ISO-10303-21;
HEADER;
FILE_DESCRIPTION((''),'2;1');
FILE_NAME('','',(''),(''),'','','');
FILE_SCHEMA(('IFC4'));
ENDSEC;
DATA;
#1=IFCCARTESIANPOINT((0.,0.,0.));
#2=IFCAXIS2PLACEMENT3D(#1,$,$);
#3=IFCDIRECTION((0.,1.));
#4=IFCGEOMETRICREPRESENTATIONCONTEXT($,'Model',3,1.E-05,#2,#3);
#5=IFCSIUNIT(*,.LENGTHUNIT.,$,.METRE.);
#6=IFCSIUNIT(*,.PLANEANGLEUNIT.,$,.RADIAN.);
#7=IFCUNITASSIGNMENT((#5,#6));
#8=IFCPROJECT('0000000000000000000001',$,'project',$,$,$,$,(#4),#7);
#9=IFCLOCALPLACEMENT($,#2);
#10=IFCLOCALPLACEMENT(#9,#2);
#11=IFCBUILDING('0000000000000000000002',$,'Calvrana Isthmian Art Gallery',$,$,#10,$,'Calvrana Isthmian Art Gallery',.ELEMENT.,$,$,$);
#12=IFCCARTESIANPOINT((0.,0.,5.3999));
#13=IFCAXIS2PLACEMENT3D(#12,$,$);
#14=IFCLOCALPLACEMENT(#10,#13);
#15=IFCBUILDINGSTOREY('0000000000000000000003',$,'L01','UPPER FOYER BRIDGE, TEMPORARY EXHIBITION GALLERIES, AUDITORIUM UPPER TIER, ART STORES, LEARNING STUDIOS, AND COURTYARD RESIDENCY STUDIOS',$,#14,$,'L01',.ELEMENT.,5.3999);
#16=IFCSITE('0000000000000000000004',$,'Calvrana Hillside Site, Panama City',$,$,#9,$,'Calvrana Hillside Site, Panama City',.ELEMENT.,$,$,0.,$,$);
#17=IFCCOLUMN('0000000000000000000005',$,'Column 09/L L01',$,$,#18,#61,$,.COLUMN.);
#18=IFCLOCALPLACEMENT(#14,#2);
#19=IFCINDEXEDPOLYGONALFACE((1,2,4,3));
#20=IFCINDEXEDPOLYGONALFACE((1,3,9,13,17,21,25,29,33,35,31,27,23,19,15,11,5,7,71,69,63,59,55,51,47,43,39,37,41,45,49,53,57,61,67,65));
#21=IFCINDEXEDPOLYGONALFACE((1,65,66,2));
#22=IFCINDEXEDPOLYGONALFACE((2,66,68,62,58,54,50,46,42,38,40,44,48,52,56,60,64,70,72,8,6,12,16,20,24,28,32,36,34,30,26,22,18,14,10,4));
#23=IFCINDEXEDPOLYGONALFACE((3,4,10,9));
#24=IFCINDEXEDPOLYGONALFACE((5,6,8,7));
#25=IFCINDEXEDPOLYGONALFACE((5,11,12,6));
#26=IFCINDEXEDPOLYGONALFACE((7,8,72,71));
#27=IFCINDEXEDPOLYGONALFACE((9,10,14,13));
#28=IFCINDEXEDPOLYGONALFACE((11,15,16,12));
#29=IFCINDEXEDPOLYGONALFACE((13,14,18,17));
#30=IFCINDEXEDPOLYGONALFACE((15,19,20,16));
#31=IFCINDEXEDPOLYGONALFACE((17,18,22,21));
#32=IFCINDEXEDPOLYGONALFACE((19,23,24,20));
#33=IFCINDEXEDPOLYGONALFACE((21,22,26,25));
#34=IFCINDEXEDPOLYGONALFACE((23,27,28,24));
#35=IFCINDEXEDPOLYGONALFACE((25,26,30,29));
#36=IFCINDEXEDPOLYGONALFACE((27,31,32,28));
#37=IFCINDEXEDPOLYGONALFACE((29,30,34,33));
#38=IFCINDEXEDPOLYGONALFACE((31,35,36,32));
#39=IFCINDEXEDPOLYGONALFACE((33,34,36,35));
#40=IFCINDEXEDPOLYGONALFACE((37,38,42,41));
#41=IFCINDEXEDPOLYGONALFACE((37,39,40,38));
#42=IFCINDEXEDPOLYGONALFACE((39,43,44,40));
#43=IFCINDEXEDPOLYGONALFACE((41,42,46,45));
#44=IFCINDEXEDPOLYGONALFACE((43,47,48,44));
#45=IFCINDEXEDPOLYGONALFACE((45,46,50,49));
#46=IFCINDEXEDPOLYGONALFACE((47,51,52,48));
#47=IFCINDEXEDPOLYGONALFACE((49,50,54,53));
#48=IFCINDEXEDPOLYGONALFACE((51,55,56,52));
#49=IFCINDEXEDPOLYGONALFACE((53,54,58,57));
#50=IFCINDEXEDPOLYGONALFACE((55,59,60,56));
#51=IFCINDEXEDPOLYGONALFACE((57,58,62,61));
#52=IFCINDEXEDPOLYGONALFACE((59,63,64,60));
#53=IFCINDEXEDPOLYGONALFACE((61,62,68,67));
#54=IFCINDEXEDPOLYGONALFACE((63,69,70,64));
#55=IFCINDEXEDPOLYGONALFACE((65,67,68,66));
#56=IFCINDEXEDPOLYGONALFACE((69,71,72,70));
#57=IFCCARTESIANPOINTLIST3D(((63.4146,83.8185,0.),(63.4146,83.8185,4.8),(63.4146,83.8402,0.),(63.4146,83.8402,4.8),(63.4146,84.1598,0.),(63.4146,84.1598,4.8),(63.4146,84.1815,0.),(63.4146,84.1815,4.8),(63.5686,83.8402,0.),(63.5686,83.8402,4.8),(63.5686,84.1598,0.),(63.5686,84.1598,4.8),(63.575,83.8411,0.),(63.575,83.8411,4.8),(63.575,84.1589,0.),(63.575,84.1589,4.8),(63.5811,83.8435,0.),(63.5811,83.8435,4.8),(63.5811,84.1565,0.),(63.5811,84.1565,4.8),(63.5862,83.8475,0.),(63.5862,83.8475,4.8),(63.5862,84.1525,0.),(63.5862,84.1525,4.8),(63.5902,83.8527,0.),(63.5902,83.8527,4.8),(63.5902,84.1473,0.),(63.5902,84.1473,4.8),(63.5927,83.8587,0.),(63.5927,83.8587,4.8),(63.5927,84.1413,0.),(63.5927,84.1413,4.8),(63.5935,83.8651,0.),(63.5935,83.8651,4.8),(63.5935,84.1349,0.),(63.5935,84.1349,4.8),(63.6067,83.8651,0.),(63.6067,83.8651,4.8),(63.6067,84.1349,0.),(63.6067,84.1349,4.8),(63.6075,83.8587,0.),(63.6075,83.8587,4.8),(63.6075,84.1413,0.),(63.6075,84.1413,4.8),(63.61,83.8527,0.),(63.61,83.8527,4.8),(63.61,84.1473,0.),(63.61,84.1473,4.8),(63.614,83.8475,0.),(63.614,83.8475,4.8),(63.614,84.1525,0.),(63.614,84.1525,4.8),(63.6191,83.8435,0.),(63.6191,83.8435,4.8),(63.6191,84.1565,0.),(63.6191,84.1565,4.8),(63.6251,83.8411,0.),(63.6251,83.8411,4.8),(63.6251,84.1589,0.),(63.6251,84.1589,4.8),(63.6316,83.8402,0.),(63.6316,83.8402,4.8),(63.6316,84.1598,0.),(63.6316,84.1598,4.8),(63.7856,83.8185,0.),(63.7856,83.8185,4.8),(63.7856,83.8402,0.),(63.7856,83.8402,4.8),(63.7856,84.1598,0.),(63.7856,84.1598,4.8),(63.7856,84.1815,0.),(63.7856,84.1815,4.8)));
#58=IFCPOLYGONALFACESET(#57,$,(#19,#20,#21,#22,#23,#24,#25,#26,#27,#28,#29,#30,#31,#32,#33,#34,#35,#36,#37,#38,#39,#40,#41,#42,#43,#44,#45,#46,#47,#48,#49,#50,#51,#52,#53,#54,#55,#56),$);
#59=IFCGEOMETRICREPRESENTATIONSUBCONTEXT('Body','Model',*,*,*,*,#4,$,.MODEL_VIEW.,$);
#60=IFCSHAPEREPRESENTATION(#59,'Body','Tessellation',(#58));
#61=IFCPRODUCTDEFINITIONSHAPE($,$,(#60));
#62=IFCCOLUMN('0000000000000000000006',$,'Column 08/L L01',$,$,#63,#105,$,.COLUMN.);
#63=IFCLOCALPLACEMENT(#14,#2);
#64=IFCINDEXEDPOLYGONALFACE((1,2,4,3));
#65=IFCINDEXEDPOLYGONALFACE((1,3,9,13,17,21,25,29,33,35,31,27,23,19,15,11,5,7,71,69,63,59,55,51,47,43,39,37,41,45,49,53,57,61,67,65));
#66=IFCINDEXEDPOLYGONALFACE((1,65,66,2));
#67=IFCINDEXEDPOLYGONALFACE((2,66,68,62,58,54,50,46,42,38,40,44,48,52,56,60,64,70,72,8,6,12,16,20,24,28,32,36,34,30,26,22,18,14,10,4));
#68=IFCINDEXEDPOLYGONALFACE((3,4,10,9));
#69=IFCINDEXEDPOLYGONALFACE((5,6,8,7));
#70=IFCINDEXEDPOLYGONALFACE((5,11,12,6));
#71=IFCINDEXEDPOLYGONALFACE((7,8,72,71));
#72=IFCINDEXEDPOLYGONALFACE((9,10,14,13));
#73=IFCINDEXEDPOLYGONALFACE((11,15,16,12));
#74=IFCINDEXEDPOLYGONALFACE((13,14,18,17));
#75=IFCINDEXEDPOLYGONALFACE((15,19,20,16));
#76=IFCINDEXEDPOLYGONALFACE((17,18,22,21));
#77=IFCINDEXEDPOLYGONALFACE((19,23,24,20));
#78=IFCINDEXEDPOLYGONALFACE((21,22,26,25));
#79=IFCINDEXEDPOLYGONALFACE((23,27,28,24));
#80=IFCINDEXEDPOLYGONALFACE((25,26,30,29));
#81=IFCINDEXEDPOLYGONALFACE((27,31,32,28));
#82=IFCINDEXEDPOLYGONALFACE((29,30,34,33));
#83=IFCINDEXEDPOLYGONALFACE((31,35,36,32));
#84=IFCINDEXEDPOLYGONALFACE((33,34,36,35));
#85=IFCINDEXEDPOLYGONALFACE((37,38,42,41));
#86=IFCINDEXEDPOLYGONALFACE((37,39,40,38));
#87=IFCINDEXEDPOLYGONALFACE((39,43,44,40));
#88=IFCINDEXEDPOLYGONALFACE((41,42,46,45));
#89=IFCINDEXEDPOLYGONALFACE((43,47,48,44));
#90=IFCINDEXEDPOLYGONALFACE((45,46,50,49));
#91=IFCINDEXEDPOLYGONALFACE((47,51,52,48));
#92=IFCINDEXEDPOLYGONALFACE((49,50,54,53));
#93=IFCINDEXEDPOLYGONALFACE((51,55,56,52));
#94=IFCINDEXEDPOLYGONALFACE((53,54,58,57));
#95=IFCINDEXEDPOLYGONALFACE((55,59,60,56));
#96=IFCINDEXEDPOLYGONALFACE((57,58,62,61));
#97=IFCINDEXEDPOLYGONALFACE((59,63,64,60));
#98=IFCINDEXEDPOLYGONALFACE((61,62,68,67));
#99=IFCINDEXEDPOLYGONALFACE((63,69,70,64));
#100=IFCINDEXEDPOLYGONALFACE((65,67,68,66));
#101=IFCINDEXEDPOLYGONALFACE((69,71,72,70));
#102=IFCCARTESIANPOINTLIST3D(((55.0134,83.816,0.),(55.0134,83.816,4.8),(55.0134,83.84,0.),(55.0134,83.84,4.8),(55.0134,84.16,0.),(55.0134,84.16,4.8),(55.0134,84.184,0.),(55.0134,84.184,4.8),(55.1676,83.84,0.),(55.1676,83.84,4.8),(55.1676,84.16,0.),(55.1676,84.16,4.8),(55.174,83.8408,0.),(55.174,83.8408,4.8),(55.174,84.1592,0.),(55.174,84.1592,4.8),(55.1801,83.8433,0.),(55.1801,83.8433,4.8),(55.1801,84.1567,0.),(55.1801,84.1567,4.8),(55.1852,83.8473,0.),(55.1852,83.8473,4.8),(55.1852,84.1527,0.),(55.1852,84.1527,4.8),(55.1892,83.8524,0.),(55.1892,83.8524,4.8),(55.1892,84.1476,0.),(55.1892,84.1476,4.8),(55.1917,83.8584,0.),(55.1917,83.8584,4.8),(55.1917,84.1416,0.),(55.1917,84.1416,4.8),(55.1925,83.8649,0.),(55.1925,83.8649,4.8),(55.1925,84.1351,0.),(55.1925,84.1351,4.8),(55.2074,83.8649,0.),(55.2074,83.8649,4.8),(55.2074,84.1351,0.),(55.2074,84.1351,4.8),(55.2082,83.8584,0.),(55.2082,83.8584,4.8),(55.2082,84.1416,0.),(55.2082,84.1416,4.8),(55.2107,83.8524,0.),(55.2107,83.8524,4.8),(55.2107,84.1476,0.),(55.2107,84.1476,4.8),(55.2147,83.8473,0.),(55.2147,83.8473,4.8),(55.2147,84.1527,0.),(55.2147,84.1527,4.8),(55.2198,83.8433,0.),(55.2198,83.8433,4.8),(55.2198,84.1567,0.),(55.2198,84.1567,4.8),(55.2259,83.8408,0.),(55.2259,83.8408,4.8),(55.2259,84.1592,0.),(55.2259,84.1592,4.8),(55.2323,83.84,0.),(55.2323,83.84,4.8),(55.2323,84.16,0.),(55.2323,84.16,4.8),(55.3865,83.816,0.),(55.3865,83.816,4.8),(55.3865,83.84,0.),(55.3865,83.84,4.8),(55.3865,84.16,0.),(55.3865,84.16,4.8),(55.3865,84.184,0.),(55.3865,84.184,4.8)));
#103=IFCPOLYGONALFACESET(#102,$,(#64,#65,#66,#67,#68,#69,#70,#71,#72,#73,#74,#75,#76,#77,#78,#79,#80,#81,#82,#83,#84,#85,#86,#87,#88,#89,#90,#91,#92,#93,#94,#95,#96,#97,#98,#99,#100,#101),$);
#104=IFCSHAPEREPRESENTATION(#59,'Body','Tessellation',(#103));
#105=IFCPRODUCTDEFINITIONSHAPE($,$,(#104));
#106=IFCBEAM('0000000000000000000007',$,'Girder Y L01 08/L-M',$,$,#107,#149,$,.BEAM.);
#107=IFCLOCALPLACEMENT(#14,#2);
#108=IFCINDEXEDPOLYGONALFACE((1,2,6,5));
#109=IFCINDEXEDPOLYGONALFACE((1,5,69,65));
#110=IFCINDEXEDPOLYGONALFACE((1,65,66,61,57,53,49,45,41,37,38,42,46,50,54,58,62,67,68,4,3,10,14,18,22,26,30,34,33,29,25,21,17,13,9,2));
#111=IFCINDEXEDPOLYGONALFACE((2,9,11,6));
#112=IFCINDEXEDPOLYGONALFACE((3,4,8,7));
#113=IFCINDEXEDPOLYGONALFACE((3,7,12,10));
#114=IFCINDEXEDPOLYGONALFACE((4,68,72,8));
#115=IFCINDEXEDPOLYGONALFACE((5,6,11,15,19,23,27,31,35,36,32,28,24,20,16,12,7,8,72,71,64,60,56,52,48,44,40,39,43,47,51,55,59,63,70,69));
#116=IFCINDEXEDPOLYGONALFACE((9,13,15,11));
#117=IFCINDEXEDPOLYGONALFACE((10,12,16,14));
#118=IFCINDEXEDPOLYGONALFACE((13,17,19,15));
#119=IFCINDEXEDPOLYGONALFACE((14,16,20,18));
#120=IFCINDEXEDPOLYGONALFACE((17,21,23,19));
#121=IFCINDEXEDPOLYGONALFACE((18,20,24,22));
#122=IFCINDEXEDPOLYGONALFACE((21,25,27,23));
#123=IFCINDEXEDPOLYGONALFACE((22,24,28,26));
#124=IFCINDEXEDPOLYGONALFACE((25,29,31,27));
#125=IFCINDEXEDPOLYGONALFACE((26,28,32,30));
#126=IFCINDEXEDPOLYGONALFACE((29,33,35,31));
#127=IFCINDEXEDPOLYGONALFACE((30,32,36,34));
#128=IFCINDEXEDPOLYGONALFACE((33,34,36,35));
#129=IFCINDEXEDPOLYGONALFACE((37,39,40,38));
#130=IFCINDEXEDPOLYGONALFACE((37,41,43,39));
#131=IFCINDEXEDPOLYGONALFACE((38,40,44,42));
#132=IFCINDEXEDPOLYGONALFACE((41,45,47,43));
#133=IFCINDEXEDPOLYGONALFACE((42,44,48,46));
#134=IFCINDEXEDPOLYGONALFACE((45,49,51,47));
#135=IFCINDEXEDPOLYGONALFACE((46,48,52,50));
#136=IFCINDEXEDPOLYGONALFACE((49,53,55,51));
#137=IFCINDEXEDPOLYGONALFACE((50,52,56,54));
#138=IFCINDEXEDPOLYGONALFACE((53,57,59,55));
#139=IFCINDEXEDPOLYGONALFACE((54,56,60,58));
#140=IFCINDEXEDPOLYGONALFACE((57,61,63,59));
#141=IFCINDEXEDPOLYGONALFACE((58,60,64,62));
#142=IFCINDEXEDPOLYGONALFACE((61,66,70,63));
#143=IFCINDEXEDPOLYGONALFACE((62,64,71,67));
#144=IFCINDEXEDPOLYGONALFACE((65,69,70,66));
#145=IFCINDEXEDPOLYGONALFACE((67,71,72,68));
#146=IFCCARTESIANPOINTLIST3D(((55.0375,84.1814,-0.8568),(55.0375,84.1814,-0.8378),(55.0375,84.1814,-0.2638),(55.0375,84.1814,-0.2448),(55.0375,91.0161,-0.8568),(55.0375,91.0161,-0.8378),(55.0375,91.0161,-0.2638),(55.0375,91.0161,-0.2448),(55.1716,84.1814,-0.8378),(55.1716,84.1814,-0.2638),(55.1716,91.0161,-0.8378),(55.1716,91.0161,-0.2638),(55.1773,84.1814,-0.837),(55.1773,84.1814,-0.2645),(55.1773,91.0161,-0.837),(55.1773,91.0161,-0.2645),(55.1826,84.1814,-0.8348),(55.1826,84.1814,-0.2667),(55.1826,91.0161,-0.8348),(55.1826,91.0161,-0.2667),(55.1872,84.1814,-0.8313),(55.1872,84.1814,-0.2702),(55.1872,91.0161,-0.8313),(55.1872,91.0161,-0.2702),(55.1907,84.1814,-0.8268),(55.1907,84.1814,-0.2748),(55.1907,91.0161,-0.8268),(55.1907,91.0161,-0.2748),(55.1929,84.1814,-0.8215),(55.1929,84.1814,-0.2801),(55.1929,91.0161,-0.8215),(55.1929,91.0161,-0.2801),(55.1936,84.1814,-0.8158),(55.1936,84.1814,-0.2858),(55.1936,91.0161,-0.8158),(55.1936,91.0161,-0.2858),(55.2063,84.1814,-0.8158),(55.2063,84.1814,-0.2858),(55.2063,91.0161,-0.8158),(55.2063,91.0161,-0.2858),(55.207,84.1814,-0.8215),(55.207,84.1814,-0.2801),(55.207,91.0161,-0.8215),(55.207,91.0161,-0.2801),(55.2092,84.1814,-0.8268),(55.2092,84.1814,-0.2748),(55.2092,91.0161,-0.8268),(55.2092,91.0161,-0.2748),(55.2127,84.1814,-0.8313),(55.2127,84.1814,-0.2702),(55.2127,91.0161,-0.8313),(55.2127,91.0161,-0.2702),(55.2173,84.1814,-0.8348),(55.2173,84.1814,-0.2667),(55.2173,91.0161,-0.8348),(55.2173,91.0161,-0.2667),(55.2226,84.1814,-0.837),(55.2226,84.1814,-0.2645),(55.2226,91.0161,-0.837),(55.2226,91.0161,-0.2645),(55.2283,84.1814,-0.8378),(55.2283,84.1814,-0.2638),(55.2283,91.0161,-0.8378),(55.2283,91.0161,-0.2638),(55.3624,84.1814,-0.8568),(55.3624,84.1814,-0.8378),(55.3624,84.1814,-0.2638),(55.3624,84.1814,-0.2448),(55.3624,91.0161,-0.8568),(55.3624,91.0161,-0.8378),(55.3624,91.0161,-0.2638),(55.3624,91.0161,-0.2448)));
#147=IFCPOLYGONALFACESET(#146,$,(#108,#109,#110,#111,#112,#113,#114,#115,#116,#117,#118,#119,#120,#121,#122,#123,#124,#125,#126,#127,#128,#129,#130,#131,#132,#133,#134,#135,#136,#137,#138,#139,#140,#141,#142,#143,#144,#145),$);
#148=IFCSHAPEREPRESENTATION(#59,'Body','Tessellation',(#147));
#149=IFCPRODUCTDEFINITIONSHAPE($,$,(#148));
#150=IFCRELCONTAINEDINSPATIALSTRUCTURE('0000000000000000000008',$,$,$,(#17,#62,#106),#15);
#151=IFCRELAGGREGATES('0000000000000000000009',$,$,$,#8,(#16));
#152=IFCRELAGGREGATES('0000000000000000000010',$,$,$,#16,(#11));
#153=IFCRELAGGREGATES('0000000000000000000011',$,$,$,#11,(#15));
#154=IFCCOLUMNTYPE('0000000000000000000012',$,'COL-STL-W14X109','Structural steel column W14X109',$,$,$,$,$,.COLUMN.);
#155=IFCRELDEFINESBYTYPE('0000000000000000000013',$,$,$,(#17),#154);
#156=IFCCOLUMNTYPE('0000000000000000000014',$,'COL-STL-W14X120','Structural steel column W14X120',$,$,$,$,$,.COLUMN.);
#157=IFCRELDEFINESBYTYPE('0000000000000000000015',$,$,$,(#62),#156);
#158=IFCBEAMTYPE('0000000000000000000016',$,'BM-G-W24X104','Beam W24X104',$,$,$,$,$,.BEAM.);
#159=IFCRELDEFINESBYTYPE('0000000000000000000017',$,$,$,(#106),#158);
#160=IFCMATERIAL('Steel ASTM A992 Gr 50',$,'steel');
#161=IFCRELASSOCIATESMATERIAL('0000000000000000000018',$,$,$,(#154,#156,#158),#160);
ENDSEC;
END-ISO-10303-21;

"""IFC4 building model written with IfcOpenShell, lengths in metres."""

from ifc_helpers import new_model, si_unit, direction, frame, origin, origin_2d, place, context, subcontext, project, spatial, i_section, extrude, material, material_profile, profile_set, type_object, element, save


model = new_model("IFC4")

# Units and contexts
model_context = context("Model", 3, precision=1e-05, world=origin(), true_north=direction((0.0, 1.0)))
body_context = subcontext(model_context, "Body", "Model", "MODEL_VIEW")
ifc_project = project(units=[si_unit("LENGTHUNIT", "METRE"), si_unit("PLANEANGLEUNIT", "RADIAN")], contexts=[model_context])

# Site, building, storey
site_placement = place(None, origin())
site = spatial("IfcSite", under=ifc_project, at=site_placement, Name="Calvrana Hillside Site, Panama City", LongName="Calvrana Hillside Site, Panama City", CompositionType="ELEMENT", RefElevation=0.0)
building_placement = place(site_placement, origin())
building = spatial("IfcBuilding", under=site, at=building_placement, Name="Calvrana Isthmian Art Gallery", LongName="Calvrana Isthmian Art Gallery", CompositionType="ELEMENT")
storey_placement = place(building_placement, frame((0.0, 0.0, 5.3999)))
storey = spatial("IfcBuildingStorey", under=building, at=storey_placement, Name="L01", Description="UPPER FOYER BRIDGE, TEMPORARY EXHIBITION GALLERIES, AUDITORIUM UPPER TIER, ART STORES, LEARNING STUDIOS, AND COURTYARD RESIDENCY STUDIOS", LongName="L01", CompositionType="ELEMENT", Elevation=5.3999)

# Columns
ifc_material_1 = material(Name="Steel ASTM A992 Gr 50", Category="steel")
ifc_material_profile_1 = material_profile(ifc_material_1, i_section(OverallWidth=0.3711, OverallDepth=0.363, WebThickness=0.0132, FlangeThickness=0.0217, FilletRadius=0.0249, at=origin_2d()), Name="W14X109")
ifc_profile_set_1 = profile_set([ifc_material_profile_1], Name="Steel ASTM A992 Gr 50")
column_type_1 = type_object("IfcColumnType", Name="COL-STL-W14X109", Description="Structural steel column W14X109", PredefinedType="COLUMN", material=ifc_profile_set_1)
column_1_placement = place(storey_placement, frame((63.6001, 84.0, 0.0), z_axis=(0.0, 0.0, 1.0), x_axis=(1.0, 0.0, 0.0)))
element("IfcColumn", 1, at=column_1_placement, inside=storey, type_object=column_type_1, Name="Column 09/L L01", PredefinedType="COLUMN", context=body_context, shape_type="SweptSolid", body=[
    extrude(i_section(OverallWidth=0.3711, OverallDepth=0.363, WebThickness=0.0132, FlangeThickness=0.0217, FilletRadius=0.0249, at=origin_2d()), origin(), (0.0, 0.0, 1.0), 4.8),
])
ifc_material_profile_2 = material_profile(ifc_material_1, i_section(OverallWidth=0.373, OverallDepth=0.3679, WebThickness=0.0149, FlangeThickness=0.0239, FilletRadius=0.0249, at=origin_2d()), Name="W14X120")
ifc_profile_set_2 = profile_set([ifc_material_profile_2], Name="Steel ASTM A992 Gr 50")
column_type_2 = type_object("IfcColumnType", Name="COL-STL-W14X120", Description="Structural steel column W14X120", PredefinedType="COLUMN", material=ifc_profile_set_2)
column_2_placement = place(storey_placement, frame((55.2, 84.0, 0.0), z_axis=(0.0, 0.0, 1.0), x_axis=(1.0, 0.0, 0.0)))
element("IfcColumn", 2, at=column_2_placement, inside=storey, type_object=column_type_2, Name="Column 08/L L01", PredefinedType="COLUMN", context=body_context, shape_type="SweptSolid", body=[
    extrude(i_section(OverallWidth=0.373, OverallDepth=0.3679, WebThickness=0.0149, FlangeThickness=0.0239, FilletRadius=0.0249, at=origin_2d()), origin(), (0.0, 0.0, 1.0), 4.8),
])

# Beam
ifc_material_profile_3 = material_profile(ifc_material_1, i_section(OverallWidth=0.325, OverallDepth=0.6121, WebThickness=0.0127, FlangeThickness=0.019, FilletRadius=0.022, at=origin_2d()), Name="W24X104")
ifc_profile_set_3 = profile_set([ifc_material_profile_3], Name="Steel ASTM A992 Gr 50")
beam_type_1 = type_object("IfcBeamType", Name="BM-G-W24X104", Description="Beam W24X104", PredefinedType="BEAM", material=ifc_profile_set_3)
beam_1_placement = place(storey_placement, frame((55.2, 84.1814, -0.5508), z_axis=(0.0, 1.0, 0.0), x_axis=(-1.0, 0.0, 0.0)))
element("IfcBeam", 3, at=beam_1_placement, inside=storey, type_object=beam_type_1, Name="Girder Y L01 08/L-M", PredefinedType="BEAM", context=body_context, shape_type="SweptSolid", body=[
    extrude(i_section(OverallWidth=0.325, OverallDepth=0.6121, WebThickness=0.0127, FlangeThickness=0.019, FilletRadius=0.022, at=origin_2d()), origin(), (0.0, 0.0, 1.0), 6.8347),
])

save(model, "model.ifc")
